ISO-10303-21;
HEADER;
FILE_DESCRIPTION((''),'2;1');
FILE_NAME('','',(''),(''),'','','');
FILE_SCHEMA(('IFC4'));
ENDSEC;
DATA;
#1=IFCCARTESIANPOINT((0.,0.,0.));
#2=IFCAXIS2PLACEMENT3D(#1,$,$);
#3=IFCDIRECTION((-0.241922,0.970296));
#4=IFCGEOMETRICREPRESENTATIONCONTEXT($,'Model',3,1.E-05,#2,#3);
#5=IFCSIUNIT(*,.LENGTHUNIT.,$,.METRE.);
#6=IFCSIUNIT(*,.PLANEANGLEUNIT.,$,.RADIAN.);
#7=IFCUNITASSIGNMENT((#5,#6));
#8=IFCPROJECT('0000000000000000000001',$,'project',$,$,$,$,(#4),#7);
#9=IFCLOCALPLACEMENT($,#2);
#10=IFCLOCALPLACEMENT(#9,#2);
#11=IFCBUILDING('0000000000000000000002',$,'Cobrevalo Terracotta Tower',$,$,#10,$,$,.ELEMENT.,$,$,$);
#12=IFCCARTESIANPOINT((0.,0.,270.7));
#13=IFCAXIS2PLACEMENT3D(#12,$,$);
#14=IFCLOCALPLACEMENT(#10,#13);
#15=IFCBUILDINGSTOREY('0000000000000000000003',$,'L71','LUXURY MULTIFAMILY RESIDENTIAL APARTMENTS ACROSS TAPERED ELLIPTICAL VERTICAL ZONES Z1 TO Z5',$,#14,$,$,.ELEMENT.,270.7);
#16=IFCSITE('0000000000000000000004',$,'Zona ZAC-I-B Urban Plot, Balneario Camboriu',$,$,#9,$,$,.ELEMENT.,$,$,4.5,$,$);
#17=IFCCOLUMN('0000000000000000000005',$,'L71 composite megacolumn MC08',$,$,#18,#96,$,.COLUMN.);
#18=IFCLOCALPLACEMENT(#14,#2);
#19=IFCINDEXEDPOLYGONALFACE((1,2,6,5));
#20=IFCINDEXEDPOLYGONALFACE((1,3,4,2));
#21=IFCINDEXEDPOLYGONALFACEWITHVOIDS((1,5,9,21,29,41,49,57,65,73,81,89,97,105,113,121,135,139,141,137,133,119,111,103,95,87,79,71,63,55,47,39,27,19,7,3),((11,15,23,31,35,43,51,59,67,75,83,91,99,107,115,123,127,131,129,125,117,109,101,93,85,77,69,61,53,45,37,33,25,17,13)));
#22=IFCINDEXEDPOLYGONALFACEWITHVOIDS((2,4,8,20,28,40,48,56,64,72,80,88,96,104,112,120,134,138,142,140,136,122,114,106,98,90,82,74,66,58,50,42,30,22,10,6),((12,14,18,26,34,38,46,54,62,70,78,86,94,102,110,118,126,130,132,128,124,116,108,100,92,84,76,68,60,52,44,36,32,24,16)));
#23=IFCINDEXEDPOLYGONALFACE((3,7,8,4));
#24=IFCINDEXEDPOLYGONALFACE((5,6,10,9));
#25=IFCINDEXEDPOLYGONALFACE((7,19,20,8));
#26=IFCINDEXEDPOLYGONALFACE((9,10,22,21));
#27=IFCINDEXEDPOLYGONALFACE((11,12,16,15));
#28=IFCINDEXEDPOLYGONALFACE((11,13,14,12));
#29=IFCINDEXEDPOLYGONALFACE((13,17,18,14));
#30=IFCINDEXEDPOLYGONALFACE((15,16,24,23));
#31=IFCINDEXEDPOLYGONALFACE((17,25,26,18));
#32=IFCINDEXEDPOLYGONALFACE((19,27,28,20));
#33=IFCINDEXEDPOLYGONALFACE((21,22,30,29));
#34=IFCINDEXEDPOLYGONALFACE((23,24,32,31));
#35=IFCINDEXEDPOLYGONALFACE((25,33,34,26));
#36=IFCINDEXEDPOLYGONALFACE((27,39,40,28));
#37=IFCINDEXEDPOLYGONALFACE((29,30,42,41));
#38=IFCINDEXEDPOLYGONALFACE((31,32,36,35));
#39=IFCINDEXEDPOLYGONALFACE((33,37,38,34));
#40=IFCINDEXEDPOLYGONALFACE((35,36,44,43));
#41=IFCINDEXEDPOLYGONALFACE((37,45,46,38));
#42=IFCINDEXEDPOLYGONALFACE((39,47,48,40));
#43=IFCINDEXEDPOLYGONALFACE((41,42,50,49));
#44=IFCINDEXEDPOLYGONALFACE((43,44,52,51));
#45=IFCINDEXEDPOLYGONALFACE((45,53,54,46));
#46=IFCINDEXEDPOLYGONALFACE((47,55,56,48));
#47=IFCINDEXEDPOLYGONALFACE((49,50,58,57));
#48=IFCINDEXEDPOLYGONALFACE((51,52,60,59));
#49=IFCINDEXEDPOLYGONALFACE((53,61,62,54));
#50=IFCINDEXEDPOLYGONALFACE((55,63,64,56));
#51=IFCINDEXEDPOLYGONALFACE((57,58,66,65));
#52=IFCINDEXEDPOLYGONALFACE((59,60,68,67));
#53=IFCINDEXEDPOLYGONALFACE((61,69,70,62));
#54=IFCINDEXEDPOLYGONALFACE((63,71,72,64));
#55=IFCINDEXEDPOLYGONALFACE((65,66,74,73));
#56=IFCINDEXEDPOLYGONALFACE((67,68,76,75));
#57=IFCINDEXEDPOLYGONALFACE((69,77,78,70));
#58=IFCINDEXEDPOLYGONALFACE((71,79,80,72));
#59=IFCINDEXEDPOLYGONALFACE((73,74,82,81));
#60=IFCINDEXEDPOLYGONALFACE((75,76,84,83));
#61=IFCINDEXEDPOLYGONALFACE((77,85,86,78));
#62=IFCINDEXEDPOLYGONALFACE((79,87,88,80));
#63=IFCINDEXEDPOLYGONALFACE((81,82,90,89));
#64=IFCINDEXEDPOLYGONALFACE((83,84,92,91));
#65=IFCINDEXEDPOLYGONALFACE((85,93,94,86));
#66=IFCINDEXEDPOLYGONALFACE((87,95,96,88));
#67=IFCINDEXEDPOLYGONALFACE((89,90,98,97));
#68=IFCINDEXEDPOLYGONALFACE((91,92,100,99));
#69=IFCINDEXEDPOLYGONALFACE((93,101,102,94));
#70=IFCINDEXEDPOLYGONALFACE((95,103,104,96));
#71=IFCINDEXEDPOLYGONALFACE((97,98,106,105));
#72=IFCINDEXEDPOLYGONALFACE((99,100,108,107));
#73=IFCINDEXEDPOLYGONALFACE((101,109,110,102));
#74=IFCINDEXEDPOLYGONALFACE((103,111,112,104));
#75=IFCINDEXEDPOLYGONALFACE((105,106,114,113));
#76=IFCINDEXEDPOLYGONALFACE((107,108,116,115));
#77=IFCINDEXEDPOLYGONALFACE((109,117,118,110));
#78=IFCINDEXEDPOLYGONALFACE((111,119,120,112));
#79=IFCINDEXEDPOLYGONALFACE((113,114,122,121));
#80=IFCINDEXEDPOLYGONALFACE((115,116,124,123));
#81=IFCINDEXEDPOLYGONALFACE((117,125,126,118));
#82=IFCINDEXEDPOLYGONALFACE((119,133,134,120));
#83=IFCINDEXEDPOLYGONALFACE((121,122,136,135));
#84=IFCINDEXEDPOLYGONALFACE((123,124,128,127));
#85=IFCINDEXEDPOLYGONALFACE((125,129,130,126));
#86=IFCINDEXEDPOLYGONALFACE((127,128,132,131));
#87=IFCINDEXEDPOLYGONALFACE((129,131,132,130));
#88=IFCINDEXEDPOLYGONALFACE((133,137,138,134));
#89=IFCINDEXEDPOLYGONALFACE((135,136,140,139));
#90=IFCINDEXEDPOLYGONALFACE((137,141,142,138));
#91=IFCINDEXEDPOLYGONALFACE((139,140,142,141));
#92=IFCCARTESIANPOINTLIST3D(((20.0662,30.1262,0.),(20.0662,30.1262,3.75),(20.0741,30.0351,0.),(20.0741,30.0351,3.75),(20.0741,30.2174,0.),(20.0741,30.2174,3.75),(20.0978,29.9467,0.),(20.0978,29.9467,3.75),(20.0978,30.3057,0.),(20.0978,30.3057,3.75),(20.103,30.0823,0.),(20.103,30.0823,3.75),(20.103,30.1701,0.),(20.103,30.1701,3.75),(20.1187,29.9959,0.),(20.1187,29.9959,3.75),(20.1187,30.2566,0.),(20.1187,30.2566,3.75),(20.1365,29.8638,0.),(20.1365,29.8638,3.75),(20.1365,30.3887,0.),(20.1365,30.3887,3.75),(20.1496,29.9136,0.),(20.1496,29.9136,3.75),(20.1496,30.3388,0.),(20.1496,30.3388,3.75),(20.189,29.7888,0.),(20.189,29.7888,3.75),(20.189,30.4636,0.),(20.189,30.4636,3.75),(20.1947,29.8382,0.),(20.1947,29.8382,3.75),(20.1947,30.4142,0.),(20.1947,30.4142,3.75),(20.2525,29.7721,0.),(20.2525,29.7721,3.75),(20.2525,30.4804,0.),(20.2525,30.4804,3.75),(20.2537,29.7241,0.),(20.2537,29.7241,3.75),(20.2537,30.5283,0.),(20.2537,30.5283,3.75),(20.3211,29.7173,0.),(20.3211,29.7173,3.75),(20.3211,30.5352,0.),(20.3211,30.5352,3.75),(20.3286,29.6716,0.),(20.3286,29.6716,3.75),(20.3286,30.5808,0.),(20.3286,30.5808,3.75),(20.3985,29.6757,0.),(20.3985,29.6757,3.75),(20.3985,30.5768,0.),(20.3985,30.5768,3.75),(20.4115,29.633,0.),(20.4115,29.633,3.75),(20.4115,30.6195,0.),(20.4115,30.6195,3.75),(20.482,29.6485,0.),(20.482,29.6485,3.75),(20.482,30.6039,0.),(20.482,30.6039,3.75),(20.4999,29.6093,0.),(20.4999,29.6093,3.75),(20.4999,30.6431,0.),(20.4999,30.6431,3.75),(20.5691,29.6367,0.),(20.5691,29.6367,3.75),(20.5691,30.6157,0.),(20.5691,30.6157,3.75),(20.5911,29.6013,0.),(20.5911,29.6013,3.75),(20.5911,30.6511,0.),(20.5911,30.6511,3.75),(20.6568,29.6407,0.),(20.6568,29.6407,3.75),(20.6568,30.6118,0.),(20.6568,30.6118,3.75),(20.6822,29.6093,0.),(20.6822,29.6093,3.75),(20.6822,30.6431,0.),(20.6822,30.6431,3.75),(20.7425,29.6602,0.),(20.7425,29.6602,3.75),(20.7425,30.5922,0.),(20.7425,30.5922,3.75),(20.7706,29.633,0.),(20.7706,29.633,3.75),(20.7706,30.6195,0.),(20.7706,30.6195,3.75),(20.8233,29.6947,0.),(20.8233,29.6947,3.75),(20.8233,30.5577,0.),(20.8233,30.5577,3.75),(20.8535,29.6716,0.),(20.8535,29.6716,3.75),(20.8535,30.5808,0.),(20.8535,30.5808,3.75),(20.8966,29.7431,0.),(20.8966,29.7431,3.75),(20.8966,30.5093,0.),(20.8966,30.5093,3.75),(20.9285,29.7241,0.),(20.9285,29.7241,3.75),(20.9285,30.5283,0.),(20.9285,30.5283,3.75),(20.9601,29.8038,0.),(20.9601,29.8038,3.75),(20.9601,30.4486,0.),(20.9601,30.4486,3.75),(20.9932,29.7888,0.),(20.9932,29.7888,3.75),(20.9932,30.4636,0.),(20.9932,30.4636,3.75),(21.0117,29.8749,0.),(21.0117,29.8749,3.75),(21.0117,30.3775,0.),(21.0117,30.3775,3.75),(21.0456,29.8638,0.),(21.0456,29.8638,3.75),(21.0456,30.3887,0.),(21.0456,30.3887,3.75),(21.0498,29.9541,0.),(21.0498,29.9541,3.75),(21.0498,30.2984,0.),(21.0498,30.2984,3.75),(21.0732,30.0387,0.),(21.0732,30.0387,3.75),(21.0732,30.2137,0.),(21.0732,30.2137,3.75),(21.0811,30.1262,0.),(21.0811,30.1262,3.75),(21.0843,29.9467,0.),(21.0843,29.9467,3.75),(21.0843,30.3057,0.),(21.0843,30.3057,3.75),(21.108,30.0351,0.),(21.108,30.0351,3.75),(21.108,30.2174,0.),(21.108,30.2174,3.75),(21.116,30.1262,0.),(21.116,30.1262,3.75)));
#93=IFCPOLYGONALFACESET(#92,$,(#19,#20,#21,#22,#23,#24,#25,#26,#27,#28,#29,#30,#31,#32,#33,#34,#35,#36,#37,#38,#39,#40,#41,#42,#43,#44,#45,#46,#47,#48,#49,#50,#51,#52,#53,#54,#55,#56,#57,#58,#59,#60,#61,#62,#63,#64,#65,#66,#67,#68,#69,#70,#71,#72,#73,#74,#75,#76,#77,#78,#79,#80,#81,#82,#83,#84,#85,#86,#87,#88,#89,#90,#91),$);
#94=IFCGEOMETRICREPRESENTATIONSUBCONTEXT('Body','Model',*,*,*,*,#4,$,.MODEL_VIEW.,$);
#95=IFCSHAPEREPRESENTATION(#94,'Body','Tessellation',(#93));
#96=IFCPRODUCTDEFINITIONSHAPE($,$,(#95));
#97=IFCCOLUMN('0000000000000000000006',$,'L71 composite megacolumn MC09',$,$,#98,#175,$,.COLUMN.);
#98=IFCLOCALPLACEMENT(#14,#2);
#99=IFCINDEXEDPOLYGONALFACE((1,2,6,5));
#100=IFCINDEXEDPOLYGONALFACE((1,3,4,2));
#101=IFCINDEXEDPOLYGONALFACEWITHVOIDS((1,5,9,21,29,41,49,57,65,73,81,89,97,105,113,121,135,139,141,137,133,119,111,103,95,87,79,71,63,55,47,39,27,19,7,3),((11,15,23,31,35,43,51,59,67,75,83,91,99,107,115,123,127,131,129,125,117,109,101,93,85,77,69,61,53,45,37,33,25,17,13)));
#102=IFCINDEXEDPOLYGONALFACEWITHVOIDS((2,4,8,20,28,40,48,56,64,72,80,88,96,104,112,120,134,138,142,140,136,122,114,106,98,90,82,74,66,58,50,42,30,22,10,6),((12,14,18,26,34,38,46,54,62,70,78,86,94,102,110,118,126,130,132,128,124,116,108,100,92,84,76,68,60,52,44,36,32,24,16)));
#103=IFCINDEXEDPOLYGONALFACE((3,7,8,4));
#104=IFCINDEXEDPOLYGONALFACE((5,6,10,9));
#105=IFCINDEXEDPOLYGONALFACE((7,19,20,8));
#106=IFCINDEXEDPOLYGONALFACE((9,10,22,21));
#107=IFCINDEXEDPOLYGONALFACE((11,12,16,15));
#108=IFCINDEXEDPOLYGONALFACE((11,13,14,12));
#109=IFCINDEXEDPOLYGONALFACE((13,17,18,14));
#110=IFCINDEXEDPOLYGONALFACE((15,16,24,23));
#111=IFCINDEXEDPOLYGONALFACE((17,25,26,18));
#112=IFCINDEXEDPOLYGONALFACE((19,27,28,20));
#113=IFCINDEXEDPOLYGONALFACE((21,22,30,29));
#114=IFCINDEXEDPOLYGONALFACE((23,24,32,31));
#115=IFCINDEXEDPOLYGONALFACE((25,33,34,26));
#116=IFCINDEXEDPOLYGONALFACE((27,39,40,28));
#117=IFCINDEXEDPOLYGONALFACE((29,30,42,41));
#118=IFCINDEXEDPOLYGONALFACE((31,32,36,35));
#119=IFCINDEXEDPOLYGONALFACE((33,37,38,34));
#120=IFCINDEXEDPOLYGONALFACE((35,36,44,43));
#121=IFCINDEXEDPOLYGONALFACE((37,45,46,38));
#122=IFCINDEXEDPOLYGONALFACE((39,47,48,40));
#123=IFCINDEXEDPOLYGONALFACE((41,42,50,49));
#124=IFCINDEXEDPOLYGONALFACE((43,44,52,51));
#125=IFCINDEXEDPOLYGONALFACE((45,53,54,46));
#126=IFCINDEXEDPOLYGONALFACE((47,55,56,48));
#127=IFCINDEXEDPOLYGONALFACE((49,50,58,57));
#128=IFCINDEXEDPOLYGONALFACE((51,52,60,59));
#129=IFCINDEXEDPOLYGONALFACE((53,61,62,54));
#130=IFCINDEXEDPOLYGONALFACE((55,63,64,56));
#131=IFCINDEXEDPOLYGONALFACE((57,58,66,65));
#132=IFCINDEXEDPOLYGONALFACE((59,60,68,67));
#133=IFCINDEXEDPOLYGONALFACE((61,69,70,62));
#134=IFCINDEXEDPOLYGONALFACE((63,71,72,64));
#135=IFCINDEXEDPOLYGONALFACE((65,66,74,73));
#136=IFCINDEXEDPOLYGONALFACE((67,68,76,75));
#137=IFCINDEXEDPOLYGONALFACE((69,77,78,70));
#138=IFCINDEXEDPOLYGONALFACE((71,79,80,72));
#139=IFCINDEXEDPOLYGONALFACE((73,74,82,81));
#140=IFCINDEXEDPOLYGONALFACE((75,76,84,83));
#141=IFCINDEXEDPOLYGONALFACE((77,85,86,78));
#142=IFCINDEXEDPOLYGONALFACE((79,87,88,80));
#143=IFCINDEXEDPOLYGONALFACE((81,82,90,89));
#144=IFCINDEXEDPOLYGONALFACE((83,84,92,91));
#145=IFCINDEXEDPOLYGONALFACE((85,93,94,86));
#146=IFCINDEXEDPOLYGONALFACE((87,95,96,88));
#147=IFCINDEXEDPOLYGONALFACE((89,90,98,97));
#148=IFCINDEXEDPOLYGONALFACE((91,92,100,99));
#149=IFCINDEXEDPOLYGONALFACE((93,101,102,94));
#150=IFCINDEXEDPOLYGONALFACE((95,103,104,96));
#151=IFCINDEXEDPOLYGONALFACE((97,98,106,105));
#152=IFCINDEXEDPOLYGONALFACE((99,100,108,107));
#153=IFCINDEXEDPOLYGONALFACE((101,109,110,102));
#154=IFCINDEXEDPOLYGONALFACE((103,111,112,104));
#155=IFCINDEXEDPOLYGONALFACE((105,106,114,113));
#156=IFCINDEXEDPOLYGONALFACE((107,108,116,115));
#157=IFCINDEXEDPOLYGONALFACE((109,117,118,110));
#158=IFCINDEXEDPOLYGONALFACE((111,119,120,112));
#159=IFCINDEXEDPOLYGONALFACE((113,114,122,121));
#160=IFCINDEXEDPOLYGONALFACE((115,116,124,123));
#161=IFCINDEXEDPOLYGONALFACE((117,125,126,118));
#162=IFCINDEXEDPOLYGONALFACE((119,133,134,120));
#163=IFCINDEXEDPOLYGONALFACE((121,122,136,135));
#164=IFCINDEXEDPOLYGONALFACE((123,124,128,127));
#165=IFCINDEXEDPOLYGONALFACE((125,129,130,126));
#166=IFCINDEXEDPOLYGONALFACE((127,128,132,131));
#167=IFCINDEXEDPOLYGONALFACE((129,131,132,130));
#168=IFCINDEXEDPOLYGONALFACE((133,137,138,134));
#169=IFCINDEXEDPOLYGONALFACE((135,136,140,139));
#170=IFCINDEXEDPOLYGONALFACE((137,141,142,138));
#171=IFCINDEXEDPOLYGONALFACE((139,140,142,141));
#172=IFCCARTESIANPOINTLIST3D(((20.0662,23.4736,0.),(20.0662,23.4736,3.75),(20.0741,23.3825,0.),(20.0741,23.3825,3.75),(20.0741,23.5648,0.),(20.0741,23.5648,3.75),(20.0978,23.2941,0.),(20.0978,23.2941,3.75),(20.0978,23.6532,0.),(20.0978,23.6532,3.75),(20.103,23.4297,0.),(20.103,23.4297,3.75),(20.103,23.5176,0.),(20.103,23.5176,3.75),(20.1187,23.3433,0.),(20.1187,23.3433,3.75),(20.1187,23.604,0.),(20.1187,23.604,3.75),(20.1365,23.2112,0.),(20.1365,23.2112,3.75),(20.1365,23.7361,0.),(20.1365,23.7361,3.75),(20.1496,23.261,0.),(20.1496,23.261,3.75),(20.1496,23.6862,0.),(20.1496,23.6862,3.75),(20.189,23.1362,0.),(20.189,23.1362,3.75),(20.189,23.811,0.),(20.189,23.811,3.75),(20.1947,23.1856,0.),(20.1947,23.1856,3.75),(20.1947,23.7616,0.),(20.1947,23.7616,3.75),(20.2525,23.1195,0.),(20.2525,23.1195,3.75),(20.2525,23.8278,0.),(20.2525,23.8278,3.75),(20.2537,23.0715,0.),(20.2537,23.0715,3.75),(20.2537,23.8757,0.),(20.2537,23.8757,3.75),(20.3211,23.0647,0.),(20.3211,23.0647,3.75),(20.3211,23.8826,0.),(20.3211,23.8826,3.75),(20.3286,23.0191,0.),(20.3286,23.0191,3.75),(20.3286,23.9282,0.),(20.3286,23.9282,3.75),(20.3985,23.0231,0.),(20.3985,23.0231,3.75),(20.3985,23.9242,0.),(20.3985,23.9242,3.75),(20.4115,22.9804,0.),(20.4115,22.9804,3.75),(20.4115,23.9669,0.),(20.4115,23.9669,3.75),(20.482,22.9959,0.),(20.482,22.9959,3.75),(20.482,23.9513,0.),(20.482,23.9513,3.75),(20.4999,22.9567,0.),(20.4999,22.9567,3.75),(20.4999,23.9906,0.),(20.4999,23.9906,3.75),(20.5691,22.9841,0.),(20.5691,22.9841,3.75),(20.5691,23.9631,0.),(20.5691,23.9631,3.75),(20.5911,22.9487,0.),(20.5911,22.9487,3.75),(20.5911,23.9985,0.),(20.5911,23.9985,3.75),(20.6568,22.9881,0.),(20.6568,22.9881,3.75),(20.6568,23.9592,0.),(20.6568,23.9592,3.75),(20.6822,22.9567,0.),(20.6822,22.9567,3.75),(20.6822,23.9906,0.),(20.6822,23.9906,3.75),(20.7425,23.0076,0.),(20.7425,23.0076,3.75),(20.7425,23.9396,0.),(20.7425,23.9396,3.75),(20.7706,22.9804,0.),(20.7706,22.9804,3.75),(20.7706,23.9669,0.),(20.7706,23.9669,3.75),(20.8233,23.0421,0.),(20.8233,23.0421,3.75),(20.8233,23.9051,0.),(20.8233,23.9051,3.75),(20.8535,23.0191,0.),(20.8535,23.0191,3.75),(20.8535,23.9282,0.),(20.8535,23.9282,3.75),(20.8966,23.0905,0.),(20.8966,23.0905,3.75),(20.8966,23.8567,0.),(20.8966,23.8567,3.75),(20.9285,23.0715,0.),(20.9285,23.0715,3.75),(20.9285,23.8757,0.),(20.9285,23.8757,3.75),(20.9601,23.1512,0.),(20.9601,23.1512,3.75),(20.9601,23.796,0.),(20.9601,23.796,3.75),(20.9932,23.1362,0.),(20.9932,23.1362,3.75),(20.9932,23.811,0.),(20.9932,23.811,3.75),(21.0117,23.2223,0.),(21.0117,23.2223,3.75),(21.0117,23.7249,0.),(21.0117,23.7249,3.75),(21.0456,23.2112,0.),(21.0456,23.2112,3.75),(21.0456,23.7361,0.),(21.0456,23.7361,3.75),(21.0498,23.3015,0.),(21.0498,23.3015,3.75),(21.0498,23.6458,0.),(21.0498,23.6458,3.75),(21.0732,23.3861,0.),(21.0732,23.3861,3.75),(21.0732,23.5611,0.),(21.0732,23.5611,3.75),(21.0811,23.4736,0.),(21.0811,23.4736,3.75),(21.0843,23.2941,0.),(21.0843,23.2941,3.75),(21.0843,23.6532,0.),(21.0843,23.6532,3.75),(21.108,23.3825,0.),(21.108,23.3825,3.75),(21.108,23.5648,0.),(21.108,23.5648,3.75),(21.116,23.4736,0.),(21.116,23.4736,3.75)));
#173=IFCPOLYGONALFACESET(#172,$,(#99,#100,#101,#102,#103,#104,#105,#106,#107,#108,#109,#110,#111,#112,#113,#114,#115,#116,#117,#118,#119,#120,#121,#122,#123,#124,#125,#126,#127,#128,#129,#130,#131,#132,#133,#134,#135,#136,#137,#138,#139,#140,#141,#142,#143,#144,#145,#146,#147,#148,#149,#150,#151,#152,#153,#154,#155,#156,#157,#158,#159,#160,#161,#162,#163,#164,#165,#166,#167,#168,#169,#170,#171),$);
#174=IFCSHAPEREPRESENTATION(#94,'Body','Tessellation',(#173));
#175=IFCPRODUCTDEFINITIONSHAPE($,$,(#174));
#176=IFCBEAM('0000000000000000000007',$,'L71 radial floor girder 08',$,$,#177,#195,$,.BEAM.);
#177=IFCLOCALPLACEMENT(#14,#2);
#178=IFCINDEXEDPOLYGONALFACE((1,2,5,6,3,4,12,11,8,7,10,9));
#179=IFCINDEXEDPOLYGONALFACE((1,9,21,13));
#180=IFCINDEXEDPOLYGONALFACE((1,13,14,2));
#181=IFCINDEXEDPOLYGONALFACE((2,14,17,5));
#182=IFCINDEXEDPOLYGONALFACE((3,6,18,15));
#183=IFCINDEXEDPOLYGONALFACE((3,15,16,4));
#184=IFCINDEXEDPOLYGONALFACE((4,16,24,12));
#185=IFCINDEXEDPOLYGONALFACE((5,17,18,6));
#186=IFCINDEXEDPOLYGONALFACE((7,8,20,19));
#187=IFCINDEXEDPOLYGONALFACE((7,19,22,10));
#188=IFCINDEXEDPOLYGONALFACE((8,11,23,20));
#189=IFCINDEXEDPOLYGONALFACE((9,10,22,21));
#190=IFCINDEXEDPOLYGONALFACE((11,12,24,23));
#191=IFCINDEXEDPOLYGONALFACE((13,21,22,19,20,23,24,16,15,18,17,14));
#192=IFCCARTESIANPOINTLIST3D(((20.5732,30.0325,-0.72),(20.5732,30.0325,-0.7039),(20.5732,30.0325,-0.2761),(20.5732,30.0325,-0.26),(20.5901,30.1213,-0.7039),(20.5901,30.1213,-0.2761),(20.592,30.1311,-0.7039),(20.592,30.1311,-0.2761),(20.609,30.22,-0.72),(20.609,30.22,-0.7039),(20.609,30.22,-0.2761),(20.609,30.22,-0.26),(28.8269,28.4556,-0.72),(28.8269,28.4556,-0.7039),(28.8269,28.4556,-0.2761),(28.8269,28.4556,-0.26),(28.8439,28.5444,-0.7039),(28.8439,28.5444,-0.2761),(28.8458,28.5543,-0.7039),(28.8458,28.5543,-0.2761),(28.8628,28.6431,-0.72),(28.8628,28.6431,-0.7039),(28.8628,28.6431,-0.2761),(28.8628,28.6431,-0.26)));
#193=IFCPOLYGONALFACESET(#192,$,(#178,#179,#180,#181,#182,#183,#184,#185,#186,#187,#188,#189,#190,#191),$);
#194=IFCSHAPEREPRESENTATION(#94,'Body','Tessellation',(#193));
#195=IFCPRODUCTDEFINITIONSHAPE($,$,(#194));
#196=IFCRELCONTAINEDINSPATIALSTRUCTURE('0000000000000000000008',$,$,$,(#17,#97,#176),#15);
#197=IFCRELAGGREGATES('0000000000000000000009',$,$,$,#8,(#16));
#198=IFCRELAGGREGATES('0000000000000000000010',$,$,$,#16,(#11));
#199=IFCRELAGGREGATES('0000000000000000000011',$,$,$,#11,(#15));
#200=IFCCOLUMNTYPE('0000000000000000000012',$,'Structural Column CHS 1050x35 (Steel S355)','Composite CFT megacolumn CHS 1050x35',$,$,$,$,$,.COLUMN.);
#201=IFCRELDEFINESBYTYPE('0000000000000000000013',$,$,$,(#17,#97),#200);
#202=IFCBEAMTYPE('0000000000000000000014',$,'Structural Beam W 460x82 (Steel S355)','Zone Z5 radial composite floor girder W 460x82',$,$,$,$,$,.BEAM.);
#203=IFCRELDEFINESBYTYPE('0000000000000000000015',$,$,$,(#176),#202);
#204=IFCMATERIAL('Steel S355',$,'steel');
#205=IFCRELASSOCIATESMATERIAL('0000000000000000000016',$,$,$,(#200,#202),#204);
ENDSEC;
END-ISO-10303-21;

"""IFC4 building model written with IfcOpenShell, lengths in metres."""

from ifc_helpers import new_model, si_unit, direction, frame, origin, origin_2d, place, context, subcontext, project, spatial, hollow_circle, i_section, extrude, material, material_profile, profile_set, type_object, element, save


model = new_model("IFC4")

# Units and contexts
model_context = context("Model", 3, precision=1e-05, world=origin(), true_north=direction((-0.241922, 0.970296)))
body_context = subcontext(model_context, "Body", "Model", "MODEL_VIEW")
ifc_project = project(units=[si_unit("LENGTHUNIT", "METRE"), si_unit("PLANEANGLEUNIT", "RADIAN")], contexts=[model_context])

# Site, building, storey
site_placement = place(None, origin())
site = spatial("IfcSite", under=ifc_project, at=site_placement, Name="Zona ZAC-I-B Urban Plot, Balneario Camboriu", CompositionType="ELEMENT", RefElevation=4.5)
building_placement = place(site_placement, origin())
building = spatial("IfcBuilding", under=site, at=building_placement, Name="Cobrevalo Terracotta Tower", CompositionType="ELEMENT")
storey_placement = place(building_placement, frame((0.0, 0.0, 270.7)))
storey = spatial("IfcBuildingStorey", under=building, at=storey_placement, Name="L71", Description="LUXURY MULTIFAMILY RESIDENTIAL APARTMENTS ACROSS TAPERED ELLIPTICAL VERTICAL ZONES Z1 TO Z5", CompositionType="ELEMENT", Elevation=270.7)

# Columns
ifc_material_1 = material(Name="Steel S355", Category="steel")
ifc_material_profile_1 = material_profile(ifc_material_1, hollow_circle(Radius=0.5249, WallThickness=0.0349, at=origin_2d()), Name="CHS 1050x35")
ifc_profile_set_1 = profile_set([ifc_material_profile_1], Name="Steel S355")
column_type = type_object("IfcColumnType", Name="Structural Column CHS 1050x35 (Steel S355)", Description="Composite CFT megacolumn CHS 1050x35", PredefinedType="COLUMN", material=ifc_profile_set_1)
for number, where, z_axis, x_axis, name in (
    (1, (20.5911, 30.1262, 0.0), (0.0, 0.0, 1.0), (1.0, 0.0, 0.0), "L71 composite megacolumn MC08"),
    (2, (20.5911, 23.4736, 0.0), (0.0, 0.0, 1.0), (1.0, 0.0, 0.0), "L71 composite megacolumn MC09"),
):
    element("IfcColumn", number, at=place(storey_placement, frame(where, z_axis=z_axis, x_axis=x_axis)), inside=storey, type_object=column_type, Name=name, PredefinedType="COLUMN", context=body_context, shape_type="SweptSolid", body=[
        extrude(hollow_circle(Radius=0.5249, WallThickness=0.0349, at=origin_2d()), origin(), (0.0, 0.0, 1.0), 3.75),
    ])

# Beam
ifc_material_profile_2 = material_profile(ifc_material_1, i_section(OverallWidth=0.1909, OverallDepth=0.46, WebThickness=0.01, FlangeThickness=0.0161, at=origin_2d()), Name="W 460x82")
ifc_profile_set_2 = profile_set([ifc_material_profile_2], Name="Steel S355")
beam_type_1 = type_object("IfcBeamType", Name="Structural Beam W 460x82 (Steel S355)", Description="Zone Z5 radial composite floor girder W 460x82", PredefinedType="BEAM", material=ifc_profile_set_2)
beam_1_placement = place(storey_placement, frame((20.5911, 30.1262, -0.49), z_axis=(0.982235, -0.187655, 0.0), x_axis=(0.187655, 0.982235, 0.0)))
element("IfcBeam", 3, at=beam_1_placement, inside=storey, type_object=beam_type_1, Name="L71 radial floor girder 08", PredefinedType="BEAM", context=body_context, shape_type="SweptSolid", body=[
    extrude(i_section(OverallWidth=0.1909, OverallDepth=0.46, WebThickness=0.01, FlangeThickness=0.0161, at=origin_2d()), origin(), (0.0, 0.0, 1.0), 8.4031),
])

save(model, "model.ifc")
